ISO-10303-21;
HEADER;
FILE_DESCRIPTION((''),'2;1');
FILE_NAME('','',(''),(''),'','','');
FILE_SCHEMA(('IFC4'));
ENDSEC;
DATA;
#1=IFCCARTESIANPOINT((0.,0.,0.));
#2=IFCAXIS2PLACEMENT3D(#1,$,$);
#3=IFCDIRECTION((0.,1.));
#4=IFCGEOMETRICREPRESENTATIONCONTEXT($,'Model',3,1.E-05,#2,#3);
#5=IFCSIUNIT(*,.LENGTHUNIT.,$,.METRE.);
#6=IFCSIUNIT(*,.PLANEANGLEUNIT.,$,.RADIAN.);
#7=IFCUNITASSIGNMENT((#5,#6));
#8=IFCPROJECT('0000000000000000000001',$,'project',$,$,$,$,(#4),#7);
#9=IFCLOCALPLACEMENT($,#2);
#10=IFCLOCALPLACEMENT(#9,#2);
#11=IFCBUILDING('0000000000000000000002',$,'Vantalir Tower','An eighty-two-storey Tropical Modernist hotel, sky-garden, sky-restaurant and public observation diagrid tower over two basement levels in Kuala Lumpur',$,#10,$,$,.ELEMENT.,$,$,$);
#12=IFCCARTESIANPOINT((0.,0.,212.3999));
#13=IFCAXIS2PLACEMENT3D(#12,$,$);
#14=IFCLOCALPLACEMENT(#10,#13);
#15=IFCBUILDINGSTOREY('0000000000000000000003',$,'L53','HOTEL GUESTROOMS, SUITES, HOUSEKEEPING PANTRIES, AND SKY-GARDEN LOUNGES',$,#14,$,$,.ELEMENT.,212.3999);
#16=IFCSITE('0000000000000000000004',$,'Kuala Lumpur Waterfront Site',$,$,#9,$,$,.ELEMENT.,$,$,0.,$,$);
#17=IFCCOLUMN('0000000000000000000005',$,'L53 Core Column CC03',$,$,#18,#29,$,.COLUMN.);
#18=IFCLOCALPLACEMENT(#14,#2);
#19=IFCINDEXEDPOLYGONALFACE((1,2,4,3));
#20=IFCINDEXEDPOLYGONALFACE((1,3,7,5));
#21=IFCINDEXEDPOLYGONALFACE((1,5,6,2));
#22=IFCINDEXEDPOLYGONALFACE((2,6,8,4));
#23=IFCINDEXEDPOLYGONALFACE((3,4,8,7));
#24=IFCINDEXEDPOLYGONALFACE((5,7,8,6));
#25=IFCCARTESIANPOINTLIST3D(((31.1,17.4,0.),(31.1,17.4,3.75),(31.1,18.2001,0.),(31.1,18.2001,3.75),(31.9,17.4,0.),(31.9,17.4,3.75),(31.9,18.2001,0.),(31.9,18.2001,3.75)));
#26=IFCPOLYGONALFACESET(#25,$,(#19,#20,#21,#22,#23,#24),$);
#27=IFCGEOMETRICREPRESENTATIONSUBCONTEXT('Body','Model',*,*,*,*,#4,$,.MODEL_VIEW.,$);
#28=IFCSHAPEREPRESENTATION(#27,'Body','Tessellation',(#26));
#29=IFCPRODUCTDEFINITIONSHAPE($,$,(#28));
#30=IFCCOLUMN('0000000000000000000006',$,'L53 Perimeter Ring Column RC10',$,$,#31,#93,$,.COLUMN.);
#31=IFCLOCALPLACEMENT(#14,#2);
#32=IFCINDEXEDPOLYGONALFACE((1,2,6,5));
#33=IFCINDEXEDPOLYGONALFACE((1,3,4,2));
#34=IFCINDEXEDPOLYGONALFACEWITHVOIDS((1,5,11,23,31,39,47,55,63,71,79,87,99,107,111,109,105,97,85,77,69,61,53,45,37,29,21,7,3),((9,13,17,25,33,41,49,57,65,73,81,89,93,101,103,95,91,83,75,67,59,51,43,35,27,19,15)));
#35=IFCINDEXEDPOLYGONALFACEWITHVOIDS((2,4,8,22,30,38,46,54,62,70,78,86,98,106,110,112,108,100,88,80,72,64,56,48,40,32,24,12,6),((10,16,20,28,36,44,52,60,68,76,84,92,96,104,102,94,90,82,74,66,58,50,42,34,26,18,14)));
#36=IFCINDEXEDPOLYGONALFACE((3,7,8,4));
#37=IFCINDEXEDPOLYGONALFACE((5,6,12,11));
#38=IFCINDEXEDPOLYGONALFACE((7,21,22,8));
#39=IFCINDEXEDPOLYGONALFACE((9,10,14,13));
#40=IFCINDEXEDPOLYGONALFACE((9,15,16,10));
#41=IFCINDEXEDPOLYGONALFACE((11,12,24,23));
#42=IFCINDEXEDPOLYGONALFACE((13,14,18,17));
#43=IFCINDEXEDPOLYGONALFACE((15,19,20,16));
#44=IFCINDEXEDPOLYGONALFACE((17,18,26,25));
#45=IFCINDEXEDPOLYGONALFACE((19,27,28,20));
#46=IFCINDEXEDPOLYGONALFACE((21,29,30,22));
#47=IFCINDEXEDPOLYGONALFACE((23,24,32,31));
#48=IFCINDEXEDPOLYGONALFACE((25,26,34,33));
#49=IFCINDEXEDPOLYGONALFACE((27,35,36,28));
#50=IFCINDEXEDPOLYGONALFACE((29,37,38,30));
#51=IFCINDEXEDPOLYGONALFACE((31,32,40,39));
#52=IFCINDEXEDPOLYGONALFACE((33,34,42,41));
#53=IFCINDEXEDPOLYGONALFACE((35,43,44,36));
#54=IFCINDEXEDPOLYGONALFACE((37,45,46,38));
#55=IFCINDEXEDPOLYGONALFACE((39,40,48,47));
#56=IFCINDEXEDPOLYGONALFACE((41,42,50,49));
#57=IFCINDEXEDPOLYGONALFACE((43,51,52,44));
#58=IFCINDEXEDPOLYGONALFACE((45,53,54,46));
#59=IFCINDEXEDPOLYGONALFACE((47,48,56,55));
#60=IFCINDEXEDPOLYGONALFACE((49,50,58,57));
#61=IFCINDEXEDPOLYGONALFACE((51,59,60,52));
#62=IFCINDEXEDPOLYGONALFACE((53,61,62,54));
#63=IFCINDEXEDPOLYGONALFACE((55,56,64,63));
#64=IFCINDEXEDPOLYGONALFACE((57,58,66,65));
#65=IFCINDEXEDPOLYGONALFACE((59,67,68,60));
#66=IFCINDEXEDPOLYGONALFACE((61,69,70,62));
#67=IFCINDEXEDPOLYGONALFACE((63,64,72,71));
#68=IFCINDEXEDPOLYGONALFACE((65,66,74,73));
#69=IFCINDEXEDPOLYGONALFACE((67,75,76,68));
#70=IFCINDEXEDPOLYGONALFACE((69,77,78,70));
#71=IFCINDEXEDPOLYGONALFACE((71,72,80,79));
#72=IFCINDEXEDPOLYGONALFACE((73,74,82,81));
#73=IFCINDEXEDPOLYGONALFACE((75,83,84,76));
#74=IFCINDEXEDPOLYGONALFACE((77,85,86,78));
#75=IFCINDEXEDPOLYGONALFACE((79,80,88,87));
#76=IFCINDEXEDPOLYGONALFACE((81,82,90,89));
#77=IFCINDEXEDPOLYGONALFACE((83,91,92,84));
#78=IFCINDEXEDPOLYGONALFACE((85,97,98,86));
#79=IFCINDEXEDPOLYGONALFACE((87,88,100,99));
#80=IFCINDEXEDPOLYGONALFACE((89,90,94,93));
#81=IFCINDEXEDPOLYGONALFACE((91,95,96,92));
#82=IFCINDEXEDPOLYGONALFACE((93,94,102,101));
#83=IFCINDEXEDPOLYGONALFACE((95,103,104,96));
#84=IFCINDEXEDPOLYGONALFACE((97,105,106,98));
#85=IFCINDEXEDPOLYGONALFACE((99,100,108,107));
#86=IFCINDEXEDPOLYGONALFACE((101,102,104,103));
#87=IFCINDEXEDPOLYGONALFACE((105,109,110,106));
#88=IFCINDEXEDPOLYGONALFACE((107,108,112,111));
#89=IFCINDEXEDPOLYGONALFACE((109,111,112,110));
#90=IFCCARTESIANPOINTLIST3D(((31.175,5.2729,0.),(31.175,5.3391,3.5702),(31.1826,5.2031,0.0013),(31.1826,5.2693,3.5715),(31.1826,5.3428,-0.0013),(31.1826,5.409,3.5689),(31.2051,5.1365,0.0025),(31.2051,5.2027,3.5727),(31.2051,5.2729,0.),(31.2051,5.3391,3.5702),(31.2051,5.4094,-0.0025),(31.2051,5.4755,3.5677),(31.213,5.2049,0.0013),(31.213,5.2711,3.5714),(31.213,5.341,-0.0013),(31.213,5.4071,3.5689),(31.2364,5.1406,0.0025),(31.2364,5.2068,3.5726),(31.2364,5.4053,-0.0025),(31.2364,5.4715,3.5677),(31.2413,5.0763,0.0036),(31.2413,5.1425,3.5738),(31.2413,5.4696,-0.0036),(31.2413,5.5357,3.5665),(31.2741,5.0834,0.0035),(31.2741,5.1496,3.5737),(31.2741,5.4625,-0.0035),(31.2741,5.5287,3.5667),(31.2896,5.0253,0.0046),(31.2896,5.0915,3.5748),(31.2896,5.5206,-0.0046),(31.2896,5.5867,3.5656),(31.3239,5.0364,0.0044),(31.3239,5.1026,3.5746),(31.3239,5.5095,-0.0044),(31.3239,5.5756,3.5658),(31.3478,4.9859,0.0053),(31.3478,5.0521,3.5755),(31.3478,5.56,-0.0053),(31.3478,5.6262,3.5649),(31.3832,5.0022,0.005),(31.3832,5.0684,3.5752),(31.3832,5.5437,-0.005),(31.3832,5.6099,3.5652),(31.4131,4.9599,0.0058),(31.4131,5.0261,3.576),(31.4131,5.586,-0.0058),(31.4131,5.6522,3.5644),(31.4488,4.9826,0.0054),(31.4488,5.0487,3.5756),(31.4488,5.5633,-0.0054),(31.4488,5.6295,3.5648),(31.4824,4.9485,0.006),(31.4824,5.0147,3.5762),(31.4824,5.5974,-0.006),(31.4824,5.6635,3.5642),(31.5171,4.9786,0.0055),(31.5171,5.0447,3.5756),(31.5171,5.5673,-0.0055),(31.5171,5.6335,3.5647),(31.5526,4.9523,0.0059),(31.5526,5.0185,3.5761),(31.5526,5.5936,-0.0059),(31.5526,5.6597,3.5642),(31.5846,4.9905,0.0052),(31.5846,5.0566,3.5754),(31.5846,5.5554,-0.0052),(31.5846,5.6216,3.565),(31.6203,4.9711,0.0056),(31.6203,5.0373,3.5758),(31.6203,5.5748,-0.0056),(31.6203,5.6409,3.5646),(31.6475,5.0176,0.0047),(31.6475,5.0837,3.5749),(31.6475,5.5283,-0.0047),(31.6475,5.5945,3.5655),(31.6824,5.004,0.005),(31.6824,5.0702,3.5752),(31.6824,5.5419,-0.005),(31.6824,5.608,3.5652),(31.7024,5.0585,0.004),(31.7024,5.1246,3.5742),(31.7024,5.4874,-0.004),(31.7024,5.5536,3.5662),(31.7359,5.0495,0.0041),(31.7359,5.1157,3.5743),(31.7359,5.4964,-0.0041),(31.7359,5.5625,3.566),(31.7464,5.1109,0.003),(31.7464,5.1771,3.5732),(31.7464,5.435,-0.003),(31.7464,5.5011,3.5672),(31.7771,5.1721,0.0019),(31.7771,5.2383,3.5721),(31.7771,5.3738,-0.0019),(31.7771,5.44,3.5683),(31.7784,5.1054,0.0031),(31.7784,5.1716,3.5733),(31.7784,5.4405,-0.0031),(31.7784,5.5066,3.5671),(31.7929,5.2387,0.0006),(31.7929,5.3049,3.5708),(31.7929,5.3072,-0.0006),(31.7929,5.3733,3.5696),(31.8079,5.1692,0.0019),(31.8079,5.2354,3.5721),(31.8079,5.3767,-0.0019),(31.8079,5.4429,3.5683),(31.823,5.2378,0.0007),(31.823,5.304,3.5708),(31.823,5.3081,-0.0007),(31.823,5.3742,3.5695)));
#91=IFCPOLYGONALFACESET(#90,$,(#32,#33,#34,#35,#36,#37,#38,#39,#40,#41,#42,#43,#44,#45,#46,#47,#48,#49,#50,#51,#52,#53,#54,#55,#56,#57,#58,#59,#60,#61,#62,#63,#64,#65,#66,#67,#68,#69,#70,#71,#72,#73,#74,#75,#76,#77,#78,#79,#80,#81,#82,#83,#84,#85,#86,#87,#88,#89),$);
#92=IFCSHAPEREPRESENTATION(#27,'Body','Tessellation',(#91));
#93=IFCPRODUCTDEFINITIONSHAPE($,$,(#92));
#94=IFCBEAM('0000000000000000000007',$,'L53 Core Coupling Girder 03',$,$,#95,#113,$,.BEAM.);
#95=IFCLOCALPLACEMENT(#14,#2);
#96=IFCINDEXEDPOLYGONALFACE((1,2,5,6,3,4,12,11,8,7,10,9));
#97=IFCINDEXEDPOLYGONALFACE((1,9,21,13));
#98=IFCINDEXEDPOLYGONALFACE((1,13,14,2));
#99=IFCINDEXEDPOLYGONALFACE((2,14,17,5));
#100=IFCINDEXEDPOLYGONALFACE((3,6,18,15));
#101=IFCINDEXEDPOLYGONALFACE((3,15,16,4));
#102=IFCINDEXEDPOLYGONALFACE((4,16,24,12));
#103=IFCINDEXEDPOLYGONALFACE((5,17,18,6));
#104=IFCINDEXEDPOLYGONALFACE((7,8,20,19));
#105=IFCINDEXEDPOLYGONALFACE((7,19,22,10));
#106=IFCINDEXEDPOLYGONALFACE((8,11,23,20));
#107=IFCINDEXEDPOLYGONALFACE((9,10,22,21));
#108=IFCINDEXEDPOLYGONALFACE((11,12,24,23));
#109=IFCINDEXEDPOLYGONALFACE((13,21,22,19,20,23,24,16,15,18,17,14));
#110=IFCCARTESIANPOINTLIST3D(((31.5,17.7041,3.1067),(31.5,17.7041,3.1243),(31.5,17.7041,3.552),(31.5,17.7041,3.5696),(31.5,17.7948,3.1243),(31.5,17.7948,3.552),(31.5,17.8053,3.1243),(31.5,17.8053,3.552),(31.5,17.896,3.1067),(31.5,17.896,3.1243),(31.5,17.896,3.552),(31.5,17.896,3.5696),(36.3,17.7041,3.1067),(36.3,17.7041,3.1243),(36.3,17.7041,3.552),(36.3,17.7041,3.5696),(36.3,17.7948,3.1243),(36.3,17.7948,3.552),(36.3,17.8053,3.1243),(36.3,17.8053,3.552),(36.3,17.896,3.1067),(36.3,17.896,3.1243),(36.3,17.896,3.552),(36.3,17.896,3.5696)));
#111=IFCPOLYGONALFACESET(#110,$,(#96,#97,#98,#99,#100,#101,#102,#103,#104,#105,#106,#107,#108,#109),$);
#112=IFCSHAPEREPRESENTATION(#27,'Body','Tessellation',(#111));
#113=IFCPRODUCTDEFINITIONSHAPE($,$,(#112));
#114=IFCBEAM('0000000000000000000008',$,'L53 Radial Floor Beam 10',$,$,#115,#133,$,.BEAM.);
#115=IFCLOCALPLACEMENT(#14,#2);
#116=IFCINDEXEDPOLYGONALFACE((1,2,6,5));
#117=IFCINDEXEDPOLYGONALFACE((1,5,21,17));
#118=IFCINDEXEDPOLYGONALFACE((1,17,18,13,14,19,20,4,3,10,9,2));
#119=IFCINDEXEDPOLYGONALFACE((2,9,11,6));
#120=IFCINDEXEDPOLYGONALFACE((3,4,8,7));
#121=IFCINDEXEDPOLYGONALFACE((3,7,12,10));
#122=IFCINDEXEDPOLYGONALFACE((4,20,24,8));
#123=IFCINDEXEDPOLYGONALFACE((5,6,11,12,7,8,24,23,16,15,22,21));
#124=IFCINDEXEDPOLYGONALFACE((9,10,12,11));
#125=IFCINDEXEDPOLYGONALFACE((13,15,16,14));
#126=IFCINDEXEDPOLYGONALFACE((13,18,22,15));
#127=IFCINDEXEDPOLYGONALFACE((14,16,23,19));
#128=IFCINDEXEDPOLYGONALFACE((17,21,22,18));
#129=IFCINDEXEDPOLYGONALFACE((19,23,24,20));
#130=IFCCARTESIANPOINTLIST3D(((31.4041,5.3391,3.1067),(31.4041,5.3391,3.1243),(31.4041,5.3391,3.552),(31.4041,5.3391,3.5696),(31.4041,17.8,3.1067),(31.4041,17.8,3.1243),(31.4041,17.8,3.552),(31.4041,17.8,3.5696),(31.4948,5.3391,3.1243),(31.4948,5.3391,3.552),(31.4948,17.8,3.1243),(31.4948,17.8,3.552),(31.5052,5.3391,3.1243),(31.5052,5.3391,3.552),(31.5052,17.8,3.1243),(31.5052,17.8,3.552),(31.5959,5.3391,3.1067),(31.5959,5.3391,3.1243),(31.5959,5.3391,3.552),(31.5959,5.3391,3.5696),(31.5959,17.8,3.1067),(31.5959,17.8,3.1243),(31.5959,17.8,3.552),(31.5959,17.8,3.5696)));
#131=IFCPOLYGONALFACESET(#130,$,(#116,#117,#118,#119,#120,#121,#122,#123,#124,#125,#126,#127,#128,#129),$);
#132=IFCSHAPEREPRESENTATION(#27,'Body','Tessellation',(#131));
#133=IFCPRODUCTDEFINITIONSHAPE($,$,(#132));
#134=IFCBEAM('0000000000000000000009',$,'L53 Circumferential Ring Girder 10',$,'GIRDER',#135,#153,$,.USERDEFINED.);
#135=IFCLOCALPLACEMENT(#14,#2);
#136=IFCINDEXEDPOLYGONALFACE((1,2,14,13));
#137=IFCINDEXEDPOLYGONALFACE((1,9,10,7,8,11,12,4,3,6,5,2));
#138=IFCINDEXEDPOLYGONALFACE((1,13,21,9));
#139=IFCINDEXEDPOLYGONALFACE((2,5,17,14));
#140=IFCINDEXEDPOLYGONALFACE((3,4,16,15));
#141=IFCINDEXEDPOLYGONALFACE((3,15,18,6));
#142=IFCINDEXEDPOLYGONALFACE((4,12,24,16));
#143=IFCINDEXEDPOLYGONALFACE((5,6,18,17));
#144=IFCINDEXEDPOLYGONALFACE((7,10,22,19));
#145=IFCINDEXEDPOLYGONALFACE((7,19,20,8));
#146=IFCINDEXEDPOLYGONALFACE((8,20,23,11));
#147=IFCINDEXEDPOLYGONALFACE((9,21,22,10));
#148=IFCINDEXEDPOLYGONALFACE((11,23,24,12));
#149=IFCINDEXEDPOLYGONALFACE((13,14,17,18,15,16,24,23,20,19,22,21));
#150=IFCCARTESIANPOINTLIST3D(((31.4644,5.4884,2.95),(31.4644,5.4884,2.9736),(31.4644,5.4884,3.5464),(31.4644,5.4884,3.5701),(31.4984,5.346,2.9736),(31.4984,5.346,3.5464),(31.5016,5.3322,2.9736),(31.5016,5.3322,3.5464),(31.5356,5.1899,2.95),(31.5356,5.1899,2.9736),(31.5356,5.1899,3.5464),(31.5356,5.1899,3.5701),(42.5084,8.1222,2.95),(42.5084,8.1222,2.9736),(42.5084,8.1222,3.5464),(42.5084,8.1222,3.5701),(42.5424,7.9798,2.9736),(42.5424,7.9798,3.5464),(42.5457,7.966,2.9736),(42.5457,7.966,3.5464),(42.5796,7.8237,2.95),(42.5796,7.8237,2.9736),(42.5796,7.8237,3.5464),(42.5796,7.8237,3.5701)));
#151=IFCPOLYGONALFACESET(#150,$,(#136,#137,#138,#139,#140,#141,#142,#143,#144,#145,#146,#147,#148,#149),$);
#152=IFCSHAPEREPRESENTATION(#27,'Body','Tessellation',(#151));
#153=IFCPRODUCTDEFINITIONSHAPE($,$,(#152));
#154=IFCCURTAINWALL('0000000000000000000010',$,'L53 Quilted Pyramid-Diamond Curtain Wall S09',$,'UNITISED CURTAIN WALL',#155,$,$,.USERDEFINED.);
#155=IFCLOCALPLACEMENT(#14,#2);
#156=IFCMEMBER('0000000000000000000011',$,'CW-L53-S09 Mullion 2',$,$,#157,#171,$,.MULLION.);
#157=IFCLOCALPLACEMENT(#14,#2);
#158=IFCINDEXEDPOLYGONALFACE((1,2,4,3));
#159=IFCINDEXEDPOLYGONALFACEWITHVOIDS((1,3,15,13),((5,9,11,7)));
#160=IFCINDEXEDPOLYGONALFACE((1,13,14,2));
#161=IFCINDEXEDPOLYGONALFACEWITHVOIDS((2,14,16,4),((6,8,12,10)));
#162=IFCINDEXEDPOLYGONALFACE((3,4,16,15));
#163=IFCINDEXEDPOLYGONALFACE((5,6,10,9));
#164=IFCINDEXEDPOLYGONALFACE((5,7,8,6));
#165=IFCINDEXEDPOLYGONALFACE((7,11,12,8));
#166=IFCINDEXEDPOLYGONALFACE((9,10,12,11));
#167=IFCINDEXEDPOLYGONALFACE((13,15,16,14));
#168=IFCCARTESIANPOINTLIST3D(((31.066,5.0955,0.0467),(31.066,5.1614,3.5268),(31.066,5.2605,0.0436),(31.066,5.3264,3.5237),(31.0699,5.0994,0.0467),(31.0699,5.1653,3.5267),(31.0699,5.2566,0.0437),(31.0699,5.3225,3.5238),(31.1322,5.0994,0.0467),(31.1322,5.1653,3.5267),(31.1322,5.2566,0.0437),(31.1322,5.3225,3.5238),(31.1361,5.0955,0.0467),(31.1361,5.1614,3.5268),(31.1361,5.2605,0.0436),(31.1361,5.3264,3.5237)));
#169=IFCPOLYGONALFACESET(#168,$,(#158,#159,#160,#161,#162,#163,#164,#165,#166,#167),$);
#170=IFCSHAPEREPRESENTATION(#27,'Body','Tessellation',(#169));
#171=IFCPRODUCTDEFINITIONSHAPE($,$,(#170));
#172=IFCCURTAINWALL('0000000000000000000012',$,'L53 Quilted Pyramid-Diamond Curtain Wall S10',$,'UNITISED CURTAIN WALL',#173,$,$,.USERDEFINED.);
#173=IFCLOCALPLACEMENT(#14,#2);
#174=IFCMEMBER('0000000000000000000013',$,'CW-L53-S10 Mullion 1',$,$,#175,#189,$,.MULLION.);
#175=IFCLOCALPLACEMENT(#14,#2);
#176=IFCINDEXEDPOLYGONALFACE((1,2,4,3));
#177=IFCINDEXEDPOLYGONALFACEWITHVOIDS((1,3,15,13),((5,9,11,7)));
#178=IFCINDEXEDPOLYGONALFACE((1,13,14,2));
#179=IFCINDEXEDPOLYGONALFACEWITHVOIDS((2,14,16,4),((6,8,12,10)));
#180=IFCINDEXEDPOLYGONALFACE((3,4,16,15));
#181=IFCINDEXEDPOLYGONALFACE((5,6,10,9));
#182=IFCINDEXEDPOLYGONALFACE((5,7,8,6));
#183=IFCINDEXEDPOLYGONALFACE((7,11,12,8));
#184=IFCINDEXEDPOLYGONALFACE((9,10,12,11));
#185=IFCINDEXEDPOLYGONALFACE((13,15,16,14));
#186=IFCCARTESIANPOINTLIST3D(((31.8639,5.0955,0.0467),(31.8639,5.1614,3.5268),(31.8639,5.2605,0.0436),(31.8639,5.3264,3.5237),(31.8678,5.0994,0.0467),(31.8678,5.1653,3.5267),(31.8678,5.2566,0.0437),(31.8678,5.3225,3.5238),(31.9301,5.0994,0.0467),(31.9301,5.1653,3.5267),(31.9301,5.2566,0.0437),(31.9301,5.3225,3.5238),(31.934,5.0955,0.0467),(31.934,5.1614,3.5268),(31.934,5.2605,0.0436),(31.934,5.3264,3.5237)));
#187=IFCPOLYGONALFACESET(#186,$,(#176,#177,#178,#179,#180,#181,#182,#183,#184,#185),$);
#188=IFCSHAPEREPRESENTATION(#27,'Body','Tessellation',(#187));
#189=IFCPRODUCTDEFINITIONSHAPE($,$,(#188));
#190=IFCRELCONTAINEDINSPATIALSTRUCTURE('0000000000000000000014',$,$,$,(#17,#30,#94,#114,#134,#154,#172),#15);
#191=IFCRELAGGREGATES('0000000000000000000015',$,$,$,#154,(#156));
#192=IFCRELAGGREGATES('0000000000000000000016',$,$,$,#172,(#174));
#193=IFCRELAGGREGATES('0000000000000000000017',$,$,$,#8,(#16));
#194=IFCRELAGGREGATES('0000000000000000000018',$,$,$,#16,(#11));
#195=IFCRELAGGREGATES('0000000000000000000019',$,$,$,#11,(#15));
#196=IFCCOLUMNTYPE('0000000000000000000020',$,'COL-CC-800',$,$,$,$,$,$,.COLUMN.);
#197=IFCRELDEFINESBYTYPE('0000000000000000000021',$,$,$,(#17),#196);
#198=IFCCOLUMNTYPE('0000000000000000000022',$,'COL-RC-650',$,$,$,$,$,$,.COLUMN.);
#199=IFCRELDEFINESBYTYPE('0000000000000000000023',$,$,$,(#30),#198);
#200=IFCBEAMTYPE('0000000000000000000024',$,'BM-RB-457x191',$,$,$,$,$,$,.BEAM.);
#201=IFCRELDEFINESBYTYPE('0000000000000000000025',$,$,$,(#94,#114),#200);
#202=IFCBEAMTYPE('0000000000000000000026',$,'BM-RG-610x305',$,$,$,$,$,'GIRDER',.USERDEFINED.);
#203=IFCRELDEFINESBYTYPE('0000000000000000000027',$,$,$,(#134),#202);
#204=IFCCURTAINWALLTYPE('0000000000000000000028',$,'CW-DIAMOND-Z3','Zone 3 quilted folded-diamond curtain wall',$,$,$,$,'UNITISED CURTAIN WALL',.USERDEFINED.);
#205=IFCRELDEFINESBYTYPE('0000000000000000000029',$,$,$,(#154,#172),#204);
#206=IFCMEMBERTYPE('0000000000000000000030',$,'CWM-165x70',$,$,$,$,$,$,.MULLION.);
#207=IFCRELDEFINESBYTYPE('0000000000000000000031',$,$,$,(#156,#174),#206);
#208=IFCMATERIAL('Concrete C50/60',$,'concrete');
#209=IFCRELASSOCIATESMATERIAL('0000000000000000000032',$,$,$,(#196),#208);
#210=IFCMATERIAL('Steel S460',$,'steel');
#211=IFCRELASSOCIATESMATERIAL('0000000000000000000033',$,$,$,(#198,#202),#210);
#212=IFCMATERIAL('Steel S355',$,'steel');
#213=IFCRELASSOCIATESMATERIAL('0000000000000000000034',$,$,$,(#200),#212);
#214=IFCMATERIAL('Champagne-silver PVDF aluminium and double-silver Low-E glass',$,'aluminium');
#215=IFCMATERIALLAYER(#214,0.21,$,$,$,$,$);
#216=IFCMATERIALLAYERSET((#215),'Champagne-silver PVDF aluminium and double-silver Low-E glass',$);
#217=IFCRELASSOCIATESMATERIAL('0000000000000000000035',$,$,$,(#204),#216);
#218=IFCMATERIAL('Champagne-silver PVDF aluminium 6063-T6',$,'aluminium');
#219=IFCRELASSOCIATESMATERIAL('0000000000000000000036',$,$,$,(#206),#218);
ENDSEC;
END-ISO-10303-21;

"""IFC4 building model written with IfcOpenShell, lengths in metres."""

from ifc_helpers import new_model, si_unit, direction, frame, origin, origin_2d, place, context, subcontext, project, spatial, rectangle, hollow_rectangle, hollow_circle, i_section, extrude, material, layer, layer_set, material_profile, profile_set, type_object, element, aggregate, save


model = new_model("IFC4")

# Units and contexts
model_context = context("Model", 3, precision=1e-05, world=origin(), true_north=direction((0.0, 1.0)))
body_context = subcontext(model_context, "Body", "Model", "MODEL_VIEW")
ifc_project = project(units=[si_unit("LENGTHUNIT", "METRE"), si_unit("PLANEANGLEUNIT", "RADIAN")], contexts=[model_context])

# Site, building, storey
site_placement = place(None, origin())
site = spatial("IfcSite", under=ifc_project, at=site_placement, Name="Kuala Lumpur Waterfront Site", CompositionType="ELEMENT", RefElevation=0.0)
building_placement = place(site_placement, origin())
building = spatial("IfcBuilding", under=site, at=building_placement, Name="Vantalir Tower", Description="An eighty-two-storey Tropical Modernist hotel, sky-garden, sky-restaurant and public observation diagrid tower over two basement levels in Kuala Lumpur", CompositionType="ELEMENT")
storey_placement = place(building_placement, frame((0.0, 0.0, 212.3999)))
storey = spatial("IfcBuildingStorey", under=building, at=storey_placement, Name="L53", Description="HOTEL GUESTROOMS, SUITES, HOUSEKEEPING PANTRIES, AND SKY-GARDEN LOUNGES", CompositionType="ELEMENT", Elevation=212.3999)

# Columns
ifc_material_1 = material(Name="Concrete C50/60", Category="concrete")
ifc_material_profile_1 = material_profile(ifc_material_1, rectangle(XDim=0.8, YDim=0.8, at=origin_2d()), Name="Concrete C50/60")
ifc_profile_set_1 = profile_set([ifc_material_profile_1], Name="Concrete C50/60")
column_type_1 = type_object("IfcColumnType", Name="COL-CC-800", PredefinedType="COLUMN", material=ifc_profile_set_1)
column_1_placement = place(storey_placement, frame((31.5, 17.8, 0.0), z_axis=(0.0, 0.0, 1.0), x_axis=(1.0, 0.0, 0.0)))
element("IfcColumn", 1, at=column_1_placement, inside=storey, type_object=column_type_1, Name="L53 Core Column CC03", PredefinedType="COLUMN", context=body_context, shape_type="SweptSolid", body=[
    extrude(rectangle(XDim=0.8, YDim=0.8, at=origin_2d()), origin(), (0.0, 0.0, 1.0), 3.75),
])
ifc_material_2 = material(Name="Steel S460", Category="steel")
ifc_material_profile_2 = material_profile(ifc_material_2, hollow_circle(Radius=0.325, WallThickness=0.03, at=origin_2d()), Name="Steel S460")
ifc_profile_set_2 = profile_set([ifc_material_profile_2], Name="Steel S460")
column_type_2 = type_object("IfcColumnType", Name="COL-RC-650", PredefinedType="COLUMN", material=ifc_profile_set_2)
column_2_placement = place(storey_placement, frame((31.5, 5.2729, 0.0), z_axis=(0.0, 0.018529, 0.999828), x_axis=(-1.0, 0.0, 0.0)))
element("IfcColumn", 2, at=column_2_placement, inside=storey, type_object=column_type_2, Name="L53 Perimeter Ring Column RC10", PredefinedType="COLUMN", context=body_context, shape_type="SweptSolid", body=[
    extrude(hollow_circle(Radius=0.325, WallThickness=0.03, at=origin_2d()), origin(), (0.0, 0.0, 1.0), 3.5708),
])

# Beams
ifc_material_3 = material(Name="Steel S355", Category="steel")
ifc_material_profile_3 = material_profile(ifc_material_3, i_section(OverallWidth=0.1919, OverallDepth=0.4629, WebThickness=0.0105, FlangeThickness=0.0176, at=origin_2d()), Name="Steel S355")
ifc_profile_set_3 = profile_set([ifc_material_profile_3], Name="Steel S355")
beam_type_1 = type_object("IfcBeamType", Name="BM-RB-457x191", PredefinedType="BEAM", material=ifc_profile_set_3)
beam_1_placement = place(storey_placement, frame((31.5, 17.8, 3.3381), z_axis=(1.0, 0.0, 0.0), x_axis=(0.0, 1.0, 0.0)))
element("IfcBeam", 3, at=beam_1_placement, inside=storey, type_object=beam_type_1, Name="L53 Core Coupling Girder 03", PredefinedType="BEAM", context=body_context, shape_type="SweptSolid", body=[
    extrude(i_section(OverallWidth=0.1919, OverallDepth=0.4629, WebThickness=0.0105, FlangeThickness=0.0176, at=origin_2d()), origin(), (0.0, 0.0, 1.0), 4.8),
])
beam_2_placement = place(storey_placement, frame((31.5, 5.3391, 3.3381), z_axis=(0.0, 1.0, 0.0), x_axis=(-1.0, 0.0, 0.0)))
element("IfcBeam", 4, at=beam_2_placement, inside=storey, type_object=beam_type_1, Name="L53 Radial Floor Beam 10", PredefinedType="BEAM", context=body_context, shape_type="SweptSolid", body=[
    extrude(i_section(OverallWidth=0.1919, OverallDepth=0.4629, WebThickness=0.0105, FlangeThickness=0.0176, at=origin_2d()), origin(), (0.0, 0.0, 1.0), 12.4609),
])
ifc_material_profile_4 = material_profile(ifc_material_2, i_section(OverallWidth=0.3069, OverallDepth=0.6201, WebThickness=0.0142, FlangeThickness=0.0237, at=origin_2d()), Name="Steel S460")
ifc_profile_set_4 = profile_set([ifc_material_profile_4], Name="Steel S460")
beam_type_2 = type_object("IfcBeamType", Name="BM-RG-610x305", ElementType="GIRDER", PredefinedType="USERDEFINED", material=ifc_profile_set_4)
beam_3_placement = place(storey_placement, frame((31.5, 5.3391, 3.26), z_axis=(0.972721, 0.231977, 0.0), x_axis=(-0.231977, 0.972721, 0.0)))
element("IfcBeam", 5, at=beam_3_placement, inside=storey, type_object=beam_type_2, Name="L53 Circumferential Ring Girder 10", ObjectType="GIRDER", PredefinedType="USERDEFINED", context=body_context, shape_type="SweptSolid", body=[
    extrude(i_section(OverallWidth=0.3069, OverallDepth=0.6201, WebThickness=0.0142, FlangeThickness=0.0237, at=origin_2d()), origin(), (0.0, 0.0, 1.0), 11.3538),
])

# Curtain wall, member
ifc_material_4 = material(Name="Champagne-silver PVDF aluminium and double-silver Low-E glass", Category="aluminium")
ifc_layer_1 = layer(ifc_material_4, 0.21)
ifc_layer_set_1 = layer_set([ifc_layer_1], Name="Champagne-silver PVDF aluminium and double-silver Low-E glass")
curtain_wall_type = type_object("IfcCurtainWallType", Name="CW-DIAMOND-Z3", Description="Zone 3 quilted folded-diamond curtain wall", ElementType="UNITISED CURTAIN WALL", PredefinedType="USERDEFINED", material=ifc_layer_set_1)
curtain_wall_1_placement = place(storey_placement, origin())
curtain_wall_1 = element("IfcCurtainWall", 6, at=curtain_wall_1_placement, inside=storey, type_object=curtain_wall_type, Name="L53 Quilted Pyramid-Diamond Curtain Wall S09", ObjectType="UNITISED CURTAIN WALL", PredefinedType="USERDEFINED")
ifc_material_5 = material(Name="Champagne-silver PVDF aluminium 6063-T6", Category="aluminium")
ifc_material_profile_5 = material_profile(ifc_material_5, hollow_rectangle(XDim=0.0701, YDim=0.165, WallThickness=0.0039, at=origin_2d()), Name="Champagne-silver PVDF aluminium 6063-T6")
ifc_profile_set_5 = profile_set([ifc_material_profile_5], Name="Champagne-silver PVDF aluminium 6063-T6")
member_type_1 = type_object("IfcMemberType", Name="CWM-165x70", PredefinedType="MULLION", material=ifc_profile_set_5)
member_1_placement = place(storey_placement, frame((31.1011, 5.178, 0.0452), z_axis=(0.0, 0.018939, 0.999821), x_axis=(-1.0, 0.0, 0.0)))
member_1 = element("IfcMember", 7, at=member_1_placement, type_object=member_type_1, Name="CW-L53-S09 Mullion 2", PredefinedType="MULLION", context=body_context, shape_type="SweptSolid", body=[
    extrude(hollow_rectangle(XDim=0.0701, YDim=0.165, WallThickness=0.0039, at=origin_2d()), origin(), (0.0, 0.0, 1.0), 3.4807),
])
aggregate(curtain_wall_1, [member_1])

# Curtain wall, member
curtain_wall_2_placement = place(storey_placement, origin())
curtain_wall_2 = element("IfcCurtainWall", 8, at=curtain_wall_2_placement, inside=storey, type_object=curtain_wall_type, Name="L53 Quilted Pyramid-Diamond Curtain Wall S10", ObjectType="UNITISED CURTAIN WALL", PredefinedType="USERDEFINED")
member_2_placement = place(storey_placement, frame((31.8989, 5.178, 0.0452), z_axis=(0.0, 0.018939, 0.999821), x_axis=(-1.0, 0.0, 0.0)))
member_2 = element("IfcMember", 9, at=member_2_placement, type_object=member_type_1, Name="CW-L53-S10 Mullion 1", PredefinedType="MULLION", context=body_context, shape_type="SweptSolid", body=[
    extrude(hollow_rectangle(XDim=0.0701, YDim=0.165, WallThickness=0.0039, at=origin_2d()), origin(), (0.0, 0.0, 1.0), 3.4807),
])
aggregate(curtain_wall_2, [member_2])

save(model, "model.ifc")
